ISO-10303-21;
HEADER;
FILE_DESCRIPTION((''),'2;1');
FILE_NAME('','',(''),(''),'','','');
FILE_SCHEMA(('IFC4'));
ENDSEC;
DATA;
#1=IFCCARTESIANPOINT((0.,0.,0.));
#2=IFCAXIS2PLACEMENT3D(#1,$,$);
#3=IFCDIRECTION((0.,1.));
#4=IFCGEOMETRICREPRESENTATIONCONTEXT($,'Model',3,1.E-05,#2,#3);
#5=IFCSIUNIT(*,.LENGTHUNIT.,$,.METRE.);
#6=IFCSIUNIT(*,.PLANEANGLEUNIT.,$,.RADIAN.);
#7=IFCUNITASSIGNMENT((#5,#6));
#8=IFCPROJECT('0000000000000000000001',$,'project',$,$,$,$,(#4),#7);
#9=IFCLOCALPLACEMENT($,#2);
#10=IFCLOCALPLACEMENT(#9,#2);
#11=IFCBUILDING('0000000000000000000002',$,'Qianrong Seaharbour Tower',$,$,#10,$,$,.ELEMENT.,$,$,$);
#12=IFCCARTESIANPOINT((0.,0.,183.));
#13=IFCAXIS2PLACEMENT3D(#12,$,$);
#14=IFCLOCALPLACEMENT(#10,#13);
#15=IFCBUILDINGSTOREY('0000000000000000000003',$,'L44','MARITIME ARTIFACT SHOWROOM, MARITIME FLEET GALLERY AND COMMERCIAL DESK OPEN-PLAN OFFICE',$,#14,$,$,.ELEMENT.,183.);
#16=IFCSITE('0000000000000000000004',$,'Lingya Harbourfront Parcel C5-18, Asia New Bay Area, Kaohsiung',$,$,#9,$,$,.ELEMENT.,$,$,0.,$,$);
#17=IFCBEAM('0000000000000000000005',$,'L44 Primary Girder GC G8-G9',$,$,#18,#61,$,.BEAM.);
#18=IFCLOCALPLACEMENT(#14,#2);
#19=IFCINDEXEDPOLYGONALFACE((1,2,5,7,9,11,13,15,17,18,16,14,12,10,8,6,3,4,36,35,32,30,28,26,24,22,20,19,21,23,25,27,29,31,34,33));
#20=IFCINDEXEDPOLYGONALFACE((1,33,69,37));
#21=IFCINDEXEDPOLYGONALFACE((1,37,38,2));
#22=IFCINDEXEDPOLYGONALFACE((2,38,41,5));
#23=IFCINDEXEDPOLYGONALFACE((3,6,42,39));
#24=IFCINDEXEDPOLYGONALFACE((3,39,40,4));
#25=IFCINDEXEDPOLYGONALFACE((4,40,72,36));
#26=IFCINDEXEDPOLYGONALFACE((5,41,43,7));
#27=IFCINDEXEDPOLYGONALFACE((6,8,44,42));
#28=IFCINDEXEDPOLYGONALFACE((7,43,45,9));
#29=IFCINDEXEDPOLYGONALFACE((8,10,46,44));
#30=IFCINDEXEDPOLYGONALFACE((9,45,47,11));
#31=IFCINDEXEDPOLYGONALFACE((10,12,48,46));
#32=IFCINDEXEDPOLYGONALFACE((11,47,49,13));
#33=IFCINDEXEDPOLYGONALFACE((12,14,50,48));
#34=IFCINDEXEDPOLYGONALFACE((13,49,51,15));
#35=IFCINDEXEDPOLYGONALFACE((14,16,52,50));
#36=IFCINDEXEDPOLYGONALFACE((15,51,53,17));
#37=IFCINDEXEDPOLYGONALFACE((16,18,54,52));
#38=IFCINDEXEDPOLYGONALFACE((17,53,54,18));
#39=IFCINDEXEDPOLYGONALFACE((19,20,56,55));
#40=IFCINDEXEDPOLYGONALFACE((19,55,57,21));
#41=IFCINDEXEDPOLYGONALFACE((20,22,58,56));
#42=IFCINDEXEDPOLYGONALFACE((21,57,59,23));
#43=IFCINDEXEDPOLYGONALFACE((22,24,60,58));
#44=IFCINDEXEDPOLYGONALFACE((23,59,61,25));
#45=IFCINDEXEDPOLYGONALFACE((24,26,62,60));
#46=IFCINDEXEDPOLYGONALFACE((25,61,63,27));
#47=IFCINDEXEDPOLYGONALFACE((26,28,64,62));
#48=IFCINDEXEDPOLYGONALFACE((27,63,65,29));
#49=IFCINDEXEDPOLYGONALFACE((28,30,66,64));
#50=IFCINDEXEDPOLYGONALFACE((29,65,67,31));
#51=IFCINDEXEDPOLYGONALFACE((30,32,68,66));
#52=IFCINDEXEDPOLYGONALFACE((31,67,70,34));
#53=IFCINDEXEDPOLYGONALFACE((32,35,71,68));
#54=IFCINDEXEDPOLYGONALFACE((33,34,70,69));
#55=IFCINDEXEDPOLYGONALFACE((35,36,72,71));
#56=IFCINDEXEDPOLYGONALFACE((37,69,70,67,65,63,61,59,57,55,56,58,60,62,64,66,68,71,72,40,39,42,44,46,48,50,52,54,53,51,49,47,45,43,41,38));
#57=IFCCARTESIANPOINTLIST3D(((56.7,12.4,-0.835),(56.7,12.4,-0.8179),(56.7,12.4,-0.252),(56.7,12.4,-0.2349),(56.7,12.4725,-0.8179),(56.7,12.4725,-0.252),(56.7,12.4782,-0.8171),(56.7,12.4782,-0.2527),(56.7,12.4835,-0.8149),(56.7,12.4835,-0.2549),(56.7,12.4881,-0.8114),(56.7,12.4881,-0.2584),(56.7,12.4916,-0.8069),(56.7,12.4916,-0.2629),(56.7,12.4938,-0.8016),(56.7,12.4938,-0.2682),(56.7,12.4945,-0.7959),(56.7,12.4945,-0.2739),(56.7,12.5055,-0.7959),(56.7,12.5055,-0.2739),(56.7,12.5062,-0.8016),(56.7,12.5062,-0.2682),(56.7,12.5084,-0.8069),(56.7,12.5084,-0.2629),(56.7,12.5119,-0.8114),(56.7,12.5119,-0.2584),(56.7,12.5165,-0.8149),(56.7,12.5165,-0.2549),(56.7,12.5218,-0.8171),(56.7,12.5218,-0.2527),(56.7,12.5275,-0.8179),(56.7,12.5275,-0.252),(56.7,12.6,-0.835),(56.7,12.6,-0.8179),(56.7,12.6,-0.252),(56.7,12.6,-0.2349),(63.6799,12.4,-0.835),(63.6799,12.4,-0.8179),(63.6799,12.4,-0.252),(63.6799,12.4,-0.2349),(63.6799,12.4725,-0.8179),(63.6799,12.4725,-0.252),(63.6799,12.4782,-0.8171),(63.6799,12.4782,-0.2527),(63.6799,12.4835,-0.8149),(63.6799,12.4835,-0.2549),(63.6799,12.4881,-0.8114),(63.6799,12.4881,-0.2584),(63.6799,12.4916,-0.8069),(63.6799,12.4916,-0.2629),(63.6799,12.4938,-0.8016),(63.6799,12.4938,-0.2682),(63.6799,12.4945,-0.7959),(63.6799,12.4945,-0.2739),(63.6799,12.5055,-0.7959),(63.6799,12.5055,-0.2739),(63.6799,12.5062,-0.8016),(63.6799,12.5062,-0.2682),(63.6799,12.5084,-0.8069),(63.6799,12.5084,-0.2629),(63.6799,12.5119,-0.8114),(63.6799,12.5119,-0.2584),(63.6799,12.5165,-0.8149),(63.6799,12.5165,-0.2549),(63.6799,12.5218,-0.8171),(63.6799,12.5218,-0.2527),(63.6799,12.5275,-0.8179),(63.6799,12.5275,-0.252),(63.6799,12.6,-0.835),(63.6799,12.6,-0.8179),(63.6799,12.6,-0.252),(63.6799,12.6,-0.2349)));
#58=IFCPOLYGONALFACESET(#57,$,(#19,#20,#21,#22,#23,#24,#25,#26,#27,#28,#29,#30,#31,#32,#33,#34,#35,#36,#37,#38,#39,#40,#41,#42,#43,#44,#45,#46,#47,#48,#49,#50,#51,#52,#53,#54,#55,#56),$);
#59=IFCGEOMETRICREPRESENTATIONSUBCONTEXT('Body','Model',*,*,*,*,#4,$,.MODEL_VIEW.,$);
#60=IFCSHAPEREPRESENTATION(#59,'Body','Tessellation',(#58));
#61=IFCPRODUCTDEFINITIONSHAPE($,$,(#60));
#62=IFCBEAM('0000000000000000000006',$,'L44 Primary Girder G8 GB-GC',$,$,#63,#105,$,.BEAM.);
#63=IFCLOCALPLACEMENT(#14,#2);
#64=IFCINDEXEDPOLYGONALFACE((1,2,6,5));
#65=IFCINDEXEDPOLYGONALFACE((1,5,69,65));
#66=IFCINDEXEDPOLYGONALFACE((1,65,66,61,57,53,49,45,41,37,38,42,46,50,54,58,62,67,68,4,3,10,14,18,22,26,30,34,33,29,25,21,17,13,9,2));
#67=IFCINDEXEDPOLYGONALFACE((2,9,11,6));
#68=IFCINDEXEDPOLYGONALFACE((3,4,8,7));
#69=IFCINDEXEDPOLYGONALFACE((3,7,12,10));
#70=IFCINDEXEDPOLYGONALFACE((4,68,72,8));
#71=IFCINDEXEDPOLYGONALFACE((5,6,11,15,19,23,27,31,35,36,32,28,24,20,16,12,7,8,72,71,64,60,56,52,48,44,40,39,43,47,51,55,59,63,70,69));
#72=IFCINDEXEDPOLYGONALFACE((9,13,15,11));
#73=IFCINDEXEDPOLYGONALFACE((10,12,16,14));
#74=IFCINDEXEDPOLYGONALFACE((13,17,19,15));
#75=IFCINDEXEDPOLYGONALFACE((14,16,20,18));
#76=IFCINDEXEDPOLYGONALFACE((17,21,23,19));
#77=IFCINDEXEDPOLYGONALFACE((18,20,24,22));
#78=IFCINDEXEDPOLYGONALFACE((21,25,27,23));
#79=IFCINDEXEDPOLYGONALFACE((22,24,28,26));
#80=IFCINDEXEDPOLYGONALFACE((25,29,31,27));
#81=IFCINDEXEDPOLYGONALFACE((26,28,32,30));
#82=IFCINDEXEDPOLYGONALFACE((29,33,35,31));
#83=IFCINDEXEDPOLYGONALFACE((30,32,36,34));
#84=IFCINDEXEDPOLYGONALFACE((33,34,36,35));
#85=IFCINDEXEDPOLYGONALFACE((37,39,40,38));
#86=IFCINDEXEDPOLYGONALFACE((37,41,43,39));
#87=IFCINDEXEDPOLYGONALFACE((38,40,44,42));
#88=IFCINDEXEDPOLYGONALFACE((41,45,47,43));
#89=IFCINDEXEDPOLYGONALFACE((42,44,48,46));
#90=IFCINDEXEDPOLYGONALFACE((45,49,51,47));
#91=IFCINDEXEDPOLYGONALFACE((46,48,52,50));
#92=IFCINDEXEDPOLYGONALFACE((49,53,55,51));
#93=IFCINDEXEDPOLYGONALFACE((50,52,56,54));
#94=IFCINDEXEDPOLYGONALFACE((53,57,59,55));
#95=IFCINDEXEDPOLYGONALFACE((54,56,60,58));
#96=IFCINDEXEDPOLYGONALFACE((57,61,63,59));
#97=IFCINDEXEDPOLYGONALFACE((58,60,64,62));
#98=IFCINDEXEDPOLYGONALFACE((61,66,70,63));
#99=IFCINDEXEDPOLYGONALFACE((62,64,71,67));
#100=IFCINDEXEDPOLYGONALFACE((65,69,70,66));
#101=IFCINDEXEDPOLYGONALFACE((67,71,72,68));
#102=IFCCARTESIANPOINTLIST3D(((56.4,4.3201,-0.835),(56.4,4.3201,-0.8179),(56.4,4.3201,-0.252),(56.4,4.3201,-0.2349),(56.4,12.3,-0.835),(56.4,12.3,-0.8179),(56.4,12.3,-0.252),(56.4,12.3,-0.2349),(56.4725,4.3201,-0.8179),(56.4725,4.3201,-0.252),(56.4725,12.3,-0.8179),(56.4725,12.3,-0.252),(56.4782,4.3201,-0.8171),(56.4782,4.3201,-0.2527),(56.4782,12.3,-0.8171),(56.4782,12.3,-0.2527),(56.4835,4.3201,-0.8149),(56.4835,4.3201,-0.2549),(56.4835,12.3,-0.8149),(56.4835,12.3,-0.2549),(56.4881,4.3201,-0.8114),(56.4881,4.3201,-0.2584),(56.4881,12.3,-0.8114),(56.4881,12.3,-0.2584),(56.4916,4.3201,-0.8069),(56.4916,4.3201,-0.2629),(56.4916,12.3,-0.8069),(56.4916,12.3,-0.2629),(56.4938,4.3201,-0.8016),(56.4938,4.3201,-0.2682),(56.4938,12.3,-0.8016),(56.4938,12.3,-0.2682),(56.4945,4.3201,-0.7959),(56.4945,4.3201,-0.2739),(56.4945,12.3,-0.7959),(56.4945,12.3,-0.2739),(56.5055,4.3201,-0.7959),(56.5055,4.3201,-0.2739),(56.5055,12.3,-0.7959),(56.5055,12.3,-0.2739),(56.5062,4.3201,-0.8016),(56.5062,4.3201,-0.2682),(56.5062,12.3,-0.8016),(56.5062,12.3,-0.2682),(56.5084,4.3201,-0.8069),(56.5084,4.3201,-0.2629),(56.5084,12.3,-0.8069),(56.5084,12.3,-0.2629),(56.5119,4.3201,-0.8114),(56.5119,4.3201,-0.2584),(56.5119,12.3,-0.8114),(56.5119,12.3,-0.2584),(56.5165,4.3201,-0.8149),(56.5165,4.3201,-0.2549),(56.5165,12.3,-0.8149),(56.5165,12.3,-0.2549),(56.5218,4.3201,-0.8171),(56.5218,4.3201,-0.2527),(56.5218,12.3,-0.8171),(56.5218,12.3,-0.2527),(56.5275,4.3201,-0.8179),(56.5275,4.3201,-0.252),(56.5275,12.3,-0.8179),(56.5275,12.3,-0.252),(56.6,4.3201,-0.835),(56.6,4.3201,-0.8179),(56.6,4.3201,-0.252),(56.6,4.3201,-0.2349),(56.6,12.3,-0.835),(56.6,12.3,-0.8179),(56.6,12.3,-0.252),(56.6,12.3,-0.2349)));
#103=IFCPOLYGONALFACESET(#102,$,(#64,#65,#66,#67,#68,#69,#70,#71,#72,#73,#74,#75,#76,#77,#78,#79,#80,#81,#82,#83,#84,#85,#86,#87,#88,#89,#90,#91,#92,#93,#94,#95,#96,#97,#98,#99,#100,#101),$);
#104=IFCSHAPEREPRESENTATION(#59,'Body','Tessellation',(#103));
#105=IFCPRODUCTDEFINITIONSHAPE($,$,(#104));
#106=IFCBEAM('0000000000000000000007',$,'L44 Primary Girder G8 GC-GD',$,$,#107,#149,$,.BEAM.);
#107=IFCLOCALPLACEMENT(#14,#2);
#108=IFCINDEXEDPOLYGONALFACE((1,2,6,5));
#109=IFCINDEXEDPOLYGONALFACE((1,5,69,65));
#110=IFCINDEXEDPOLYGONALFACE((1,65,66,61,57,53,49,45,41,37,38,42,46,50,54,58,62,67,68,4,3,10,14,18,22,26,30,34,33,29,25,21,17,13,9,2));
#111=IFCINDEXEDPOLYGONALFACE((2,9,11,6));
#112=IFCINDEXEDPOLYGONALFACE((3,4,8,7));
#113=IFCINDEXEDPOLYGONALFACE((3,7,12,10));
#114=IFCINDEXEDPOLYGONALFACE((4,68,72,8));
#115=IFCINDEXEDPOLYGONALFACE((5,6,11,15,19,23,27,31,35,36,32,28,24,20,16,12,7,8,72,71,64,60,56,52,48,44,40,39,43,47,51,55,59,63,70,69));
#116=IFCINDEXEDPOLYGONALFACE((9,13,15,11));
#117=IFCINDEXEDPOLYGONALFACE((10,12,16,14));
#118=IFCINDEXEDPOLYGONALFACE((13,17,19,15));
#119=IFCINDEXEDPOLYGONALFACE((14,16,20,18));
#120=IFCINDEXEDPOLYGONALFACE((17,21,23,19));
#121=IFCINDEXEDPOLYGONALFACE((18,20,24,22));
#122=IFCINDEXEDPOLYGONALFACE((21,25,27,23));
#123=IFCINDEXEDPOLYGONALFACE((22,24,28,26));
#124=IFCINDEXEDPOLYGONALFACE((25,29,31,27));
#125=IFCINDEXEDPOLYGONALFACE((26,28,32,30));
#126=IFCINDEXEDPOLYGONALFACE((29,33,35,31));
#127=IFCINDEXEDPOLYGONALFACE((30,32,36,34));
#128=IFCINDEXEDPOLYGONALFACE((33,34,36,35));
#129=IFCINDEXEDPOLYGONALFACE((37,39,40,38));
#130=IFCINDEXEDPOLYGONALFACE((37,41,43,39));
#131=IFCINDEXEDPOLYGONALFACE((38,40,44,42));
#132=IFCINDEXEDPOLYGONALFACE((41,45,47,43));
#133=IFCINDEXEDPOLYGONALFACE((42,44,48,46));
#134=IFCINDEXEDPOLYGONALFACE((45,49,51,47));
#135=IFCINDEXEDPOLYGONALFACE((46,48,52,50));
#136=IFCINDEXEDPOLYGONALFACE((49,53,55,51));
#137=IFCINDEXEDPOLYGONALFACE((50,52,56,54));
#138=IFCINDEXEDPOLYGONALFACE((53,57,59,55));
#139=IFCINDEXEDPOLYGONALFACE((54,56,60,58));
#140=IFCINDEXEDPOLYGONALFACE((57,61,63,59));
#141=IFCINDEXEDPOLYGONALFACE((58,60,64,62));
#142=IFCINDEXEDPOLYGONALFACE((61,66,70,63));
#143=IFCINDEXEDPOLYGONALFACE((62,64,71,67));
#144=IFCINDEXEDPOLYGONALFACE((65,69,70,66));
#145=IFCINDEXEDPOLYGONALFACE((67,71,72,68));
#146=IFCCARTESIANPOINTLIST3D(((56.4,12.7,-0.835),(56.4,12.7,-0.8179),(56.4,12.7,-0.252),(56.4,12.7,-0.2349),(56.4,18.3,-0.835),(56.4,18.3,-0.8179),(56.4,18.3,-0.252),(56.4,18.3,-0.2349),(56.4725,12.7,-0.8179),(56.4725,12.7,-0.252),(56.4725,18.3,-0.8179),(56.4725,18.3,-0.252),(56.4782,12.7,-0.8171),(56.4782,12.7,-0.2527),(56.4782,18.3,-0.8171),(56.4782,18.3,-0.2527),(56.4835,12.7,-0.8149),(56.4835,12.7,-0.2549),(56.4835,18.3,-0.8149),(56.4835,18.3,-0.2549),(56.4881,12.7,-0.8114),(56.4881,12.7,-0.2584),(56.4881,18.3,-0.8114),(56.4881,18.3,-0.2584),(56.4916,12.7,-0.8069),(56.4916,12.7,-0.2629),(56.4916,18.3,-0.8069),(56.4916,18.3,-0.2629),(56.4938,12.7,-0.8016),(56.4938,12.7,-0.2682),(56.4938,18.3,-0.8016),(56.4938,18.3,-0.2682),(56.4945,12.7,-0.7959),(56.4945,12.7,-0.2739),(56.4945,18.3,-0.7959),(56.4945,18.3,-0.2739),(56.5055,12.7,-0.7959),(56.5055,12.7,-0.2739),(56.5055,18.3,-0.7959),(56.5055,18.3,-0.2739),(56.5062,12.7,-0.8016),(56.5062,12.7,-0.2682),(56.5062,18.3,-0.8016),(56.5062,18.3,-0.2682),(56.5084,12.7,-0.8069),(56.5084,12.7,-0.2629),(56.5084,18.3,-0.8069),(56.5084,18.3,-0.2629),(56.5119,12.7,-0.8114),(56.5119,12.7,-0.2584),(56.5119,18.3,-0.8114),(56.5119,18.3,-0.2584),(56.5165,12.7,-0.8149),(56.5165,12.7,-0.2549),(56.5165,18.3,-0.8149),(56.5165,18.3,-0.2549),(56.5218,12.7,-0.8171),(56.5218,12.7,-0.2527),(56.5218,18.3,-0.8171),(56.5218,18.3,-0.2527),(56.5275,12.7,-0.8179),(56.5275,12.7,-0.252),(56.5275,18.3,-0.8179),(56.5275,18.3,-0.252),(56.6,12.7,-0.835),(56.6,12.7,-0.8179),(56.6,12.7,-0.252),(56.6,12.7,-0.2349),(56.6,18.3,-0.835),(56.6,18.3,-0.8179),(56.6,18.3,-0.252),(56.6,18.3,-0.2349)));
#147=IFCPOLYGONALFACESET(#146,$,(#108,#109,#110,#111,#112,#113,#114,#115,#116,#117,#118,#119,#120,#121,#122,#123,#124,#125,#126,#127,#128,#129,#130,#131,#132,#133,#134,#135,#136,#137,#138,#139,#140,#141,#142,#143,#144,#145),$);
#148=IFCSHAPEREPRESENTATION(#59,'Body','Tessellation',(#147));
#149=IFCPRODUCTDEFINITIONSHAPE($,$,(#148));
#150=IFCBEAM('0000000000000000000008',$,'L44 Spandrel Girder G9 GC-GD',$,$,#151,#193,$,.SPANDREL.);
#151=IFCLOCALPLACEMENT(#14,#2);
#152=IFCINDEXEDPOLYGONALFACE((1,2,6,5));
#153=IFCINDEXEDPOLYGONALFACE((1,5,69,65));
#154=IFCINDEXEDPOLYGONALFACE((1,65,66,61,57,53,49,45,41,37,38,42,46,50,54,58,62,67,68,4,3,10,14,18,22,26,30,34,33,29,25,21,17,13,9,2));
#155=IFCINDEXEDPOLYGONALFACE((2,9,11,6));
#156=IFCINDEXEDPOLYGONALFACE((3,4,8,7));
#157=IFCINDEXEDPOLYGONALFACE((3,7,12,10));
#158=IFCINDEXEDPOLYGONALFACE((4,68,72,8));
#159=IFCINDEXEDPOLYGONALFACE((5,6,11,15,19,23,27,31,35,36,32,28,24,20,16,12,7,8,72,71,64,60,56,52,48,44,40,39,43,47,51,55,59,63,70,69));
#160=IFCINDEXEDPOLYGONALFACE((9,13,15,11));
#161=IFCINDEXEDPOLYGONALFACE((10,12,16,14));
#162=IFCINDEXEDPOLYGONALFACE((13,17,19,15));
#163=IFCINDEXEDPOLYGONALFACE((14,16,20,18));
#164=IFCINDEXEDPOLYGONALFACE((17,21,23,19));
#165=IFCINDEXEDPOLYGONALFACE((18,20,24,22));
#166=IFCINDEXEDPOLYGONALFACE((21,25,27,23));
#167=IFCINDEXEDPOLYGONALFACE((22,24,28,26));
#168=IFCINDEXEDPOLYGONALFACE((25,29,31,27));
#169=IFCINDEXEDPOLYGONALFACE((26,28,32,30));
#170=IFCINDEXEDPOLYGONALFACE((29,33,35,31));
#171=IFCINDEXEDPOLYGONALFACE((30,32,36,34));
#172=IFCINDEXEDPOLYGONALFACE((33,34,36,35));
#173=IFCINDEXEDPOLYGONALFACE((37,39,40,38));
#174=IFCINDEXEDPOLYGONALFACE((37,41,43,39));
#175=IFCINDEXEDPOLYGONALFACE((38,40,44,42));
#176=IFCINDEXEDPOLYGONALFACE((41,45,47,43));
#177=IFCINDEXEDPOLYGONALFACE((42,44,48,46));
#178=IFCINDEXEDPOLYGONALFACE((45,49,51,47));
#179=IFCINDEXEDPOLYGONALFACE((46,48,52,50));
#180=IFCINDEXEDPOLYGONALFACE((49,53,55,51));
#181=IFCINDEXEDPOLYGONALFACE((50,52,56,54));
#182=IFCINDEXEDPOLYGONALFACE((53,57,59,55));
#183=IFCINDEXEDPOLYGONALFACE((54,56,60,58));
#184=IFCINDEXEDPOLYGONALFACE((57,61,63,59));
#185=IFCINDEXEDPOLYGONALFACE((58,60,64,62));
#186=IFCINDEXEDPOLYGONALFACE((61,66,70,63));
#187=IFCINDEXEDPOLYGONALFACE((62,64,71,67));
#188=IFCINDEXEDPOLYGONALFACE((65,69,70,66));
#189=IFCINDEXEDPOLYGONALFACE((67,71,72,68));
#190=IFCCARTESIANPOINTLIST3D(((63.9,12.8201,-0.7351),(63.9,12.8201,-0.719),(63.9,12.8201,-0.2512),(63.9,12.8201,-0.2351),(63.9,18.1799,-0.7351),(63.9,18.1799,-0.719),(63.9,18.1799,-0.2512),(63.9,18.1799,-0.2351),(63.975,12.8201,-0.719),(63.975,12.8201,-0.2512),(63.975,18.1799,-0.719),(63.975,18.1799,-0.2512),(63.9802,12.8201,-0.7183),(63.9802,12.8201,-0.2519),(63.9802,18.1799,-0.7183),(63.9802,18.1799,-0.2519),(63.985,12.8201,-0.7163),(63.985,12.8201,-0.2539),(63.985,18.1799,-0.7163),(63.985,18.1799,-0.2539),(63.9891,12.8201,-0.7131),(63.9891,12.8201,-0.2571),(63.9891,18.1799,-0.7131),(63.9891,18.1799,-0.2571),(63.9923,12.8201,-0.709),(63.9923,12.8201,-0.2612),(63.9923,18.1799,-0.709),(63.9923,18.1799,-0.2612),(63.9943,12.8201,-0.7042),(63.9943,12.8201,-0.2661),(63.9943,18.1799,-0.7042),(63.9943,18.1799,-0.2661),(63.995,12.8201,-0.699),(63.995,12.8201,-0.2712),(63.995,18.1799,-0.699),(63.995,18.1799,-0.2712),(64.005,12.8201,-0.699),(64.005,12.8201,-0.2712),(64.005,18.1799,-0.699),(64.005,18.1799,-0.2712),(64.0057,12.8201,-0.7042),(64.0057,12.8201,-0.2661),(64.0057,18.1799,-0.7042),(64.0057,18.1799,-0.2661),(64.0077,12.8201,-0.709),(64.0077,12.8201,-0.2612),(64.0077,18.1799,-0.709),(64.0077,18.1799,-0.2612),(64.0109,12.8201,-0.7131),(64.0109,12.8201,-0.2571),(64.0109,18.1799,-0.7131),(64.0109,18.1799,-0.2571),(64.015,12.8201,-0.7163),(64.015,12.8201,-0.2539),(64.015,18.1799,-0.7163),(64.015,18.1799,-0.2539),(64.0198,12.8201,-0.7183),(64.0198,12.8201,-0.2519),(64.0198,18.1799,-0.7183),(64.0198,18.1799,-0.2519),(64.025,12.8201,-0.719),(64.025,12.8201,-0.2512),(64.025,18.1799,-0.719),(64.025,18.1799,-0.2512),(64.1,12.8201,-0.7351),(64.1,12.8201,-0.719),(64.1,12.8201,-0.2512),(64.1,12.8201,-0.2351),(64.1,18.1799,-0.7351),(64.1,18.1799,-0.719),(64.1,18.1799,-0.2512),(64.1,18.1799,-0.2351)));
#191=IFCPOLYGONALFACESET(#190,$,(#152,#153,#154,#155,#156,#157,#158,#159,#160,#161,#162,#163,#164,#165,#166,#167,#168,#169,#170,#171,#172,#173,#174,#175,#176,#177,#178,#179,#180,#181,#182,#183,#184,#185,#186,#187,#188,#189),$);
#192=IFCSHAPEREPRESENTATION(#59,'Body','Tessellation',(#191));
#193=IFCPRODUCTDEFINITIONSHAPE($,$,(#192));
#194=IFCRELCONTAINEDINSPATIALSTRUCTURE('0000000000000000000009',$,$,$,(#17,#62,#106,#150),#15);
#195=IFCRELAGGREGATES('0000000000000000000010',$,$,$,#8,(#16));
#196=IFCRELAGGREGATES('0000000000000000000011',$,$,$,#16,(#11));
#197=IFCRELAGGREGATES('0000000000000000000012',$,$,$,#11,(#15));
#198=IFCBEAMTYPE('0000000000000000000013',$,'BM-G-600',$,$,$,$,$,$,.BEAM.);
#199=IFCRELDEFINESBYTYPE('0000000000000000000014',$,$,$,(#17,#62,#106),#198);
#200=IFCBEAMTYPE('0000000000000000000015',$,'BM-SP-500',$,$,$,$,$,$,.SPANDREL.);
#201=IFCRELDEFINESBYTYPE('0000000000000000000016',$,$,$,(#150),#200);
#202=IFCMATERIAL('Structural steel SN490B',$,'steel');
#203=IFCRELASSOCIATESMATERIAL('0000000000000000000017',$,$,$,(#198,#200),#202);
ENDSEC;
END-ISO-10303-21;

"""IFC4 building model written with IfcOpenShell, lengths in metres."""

from ifc_helpers import new_model, si_unit, direction, frame, origin, origin_2d, place, context, subcontext, project, spatial, i_section, extrude, material, material_profile, profile_set, type_object, element, save


model = new_model("IFC4")

# Units and contexts
model_context = context("Model", 3, precision=1e-05, world=origin(), true_north=direction((0.0, 1.0)))
body_context = subcontext(model_context, "Body", "Model", "MODEL_VIEW")
ifc_project = project(units=[si_unit("LENGTHUNIT", "METRE"), si_unit("PLANEANGLEUNIT", "RADIAN")], contexts=[model_context])

# Site, building, storey
site_placement = place(None, origin())
site = spatial("IfcSite", under=ifc_project, at=site_placement, Name="Lingya Harbourfront Parcel C5-18, Asia New Bay Area, Kaohsiung", CompositionType="ELEMENT", RefElevation=0.0)
building_placement = place(site_placement, origin())
building = spatial("IfcBuilding", under=site, at=building_placement, Name="Qianrong Seaharbour Tower", CompositionType="ELEMENT")
storey_placement = place(building_placement, frame((0.0, 0.0, 183.0)))
storey = spatial("IfcBuildingStorey", under=building, at=storey_placement, Name="L44", Description="MARITIME ARTIFACT SHOWROOM, MARITIME FLEET GALLERY AND COMMERCIAL DESK OPEN-PLAN OFFICE", CompositionType="ELEMENT", Elevation=183.0)

# Shared definitions
ifc_material_1 = material(Name="Structural steel SN490B", Category="steel")

# Beams
ifc_material_profile_1 = material_profile(ifc_material_1, i_section(OverallWidth=0.2, OverallDepth=0.6001, WebThickness=0.011, FlangeThickness=0.0171, FilletRadius=0.022, at=origin_2d()), Name="H600x200x11x17")
ifc_profile_set_1 = profile_set([ifc_material_profile_1], Name="Structural steel SN490B")
beam_type_1 = type_object("IfcBeamType", Name="BM-G-600", PredefinedType="BEAM", material=ifc_profile_set_1)
beam_1_placement = place(storey_placement, frame((56.7, 12.5, -0.5349), z_axis=(1.0, 0.0, 0.0), x_axis=(0.0, 1.0, 0.0)))
element("IfcBeam", 1, at=beam_1_placement, inside=storey, type_object=beam_type_1, Name="L44 Primary Girder GC G8-G9", PredefinedType="BEAM", context=body_context, shape_type="SweptSolid", body=[
    extrude(i_section(OverallWidth=0.2, OverallDepth=0.6001, WebThickness=0.011, FlangeThickness=0.0171, FilletRadius=0.022, at=origin_2d()), origin(), (0.0, 0.0, 1.0), 6.98),
])
beam_2_placement = place(storey_placement, frame((56.5, 4.3201, -0.5349), z_axis=(0.0, 1.0, 0.0), x_axis=(-1.0, 0.0, 0.0)))
element("IfcBeam", 2, at=beam_2_placement, inside=storey, type_object=beam_type_1, Name="L44 Primary Girder G8 GB-GC", PredefinedType="BEAM", context=body_context, shape_type="SweptSolid", body=[
    extrude(i_section(OverallWidth=0.2, OverallDepth=0.6001, WebThickness=0.011, FlangeThickness=0.0171, FilletRadius=0.022, at=origin_2d()), origin(), (0.0, 0.0, 1.0), 7.98),
])
beam_3_placement = place(storey_placement, frame((56.5, 12.7, -0.5349), z_axis=(0.0, 1.0, 0.0), x_axis=(-1.0, 0.0, 0.0)))
element("IfcBeam", 3, at=beam_3_placement, inside=storey, type_object=beam_type_1, Name="L44 Primary Girder G8 GC-GD", PredefinedType="BEAM", context=body_context, shape_type="SweptSolid", body=[
    extrude(i_section(OverallWidth=0.2, OverallDepth=0.6001, WebThickness=0.011, FlangeThickness=0.0171, FilletRadius=0.022, at=origin_2d()), origin(), (0.0, 0.0, 1.0), 5.6001),
])
ifc_material_profile_2 = material_profile(ifc_material_1, i_section(OverallWidth=0.2, OverallDepth=0.5, WebThickness=0.01, FlangeThickness=0.0161, FilletRadius=0.02, at=origin_2d()), Name="H500x200x10x16")
ifc_profile_set_2 = profile_set([ifc_material_profile_2], Name="Structural steel SN490B")
beam_type_2 = type_object("IfcBeamType", Name="BM-SP-500", PredefinedType="SPANDREL", material=ifc_profile_set_2)
beam_4_placement = place(storey_placement, frame((64.0, 12.8201, -0.4851), z_axis=(0.0, 1.0, 0.0), x_axis=(-1.0, 0.0, 0.0)))
element("IfcBeam", 4, at=beam_4_placement, inside=storey, type_object=beam_type_2, Name="L44 Spandrel Girder G9 GC-GD", PredefinedType="SPANDREL", context=body_context, shape_type="SweptSolid", body=[
    extrude(i_section(OverallWidth=0.2, OverallDepth=0.5, WebThickness=0.01, FlangeThickness=0.0161, FilletRadius=0.02, at=origin_2d()), origin(), (0.0, 0.0, 1.0), 5.3599),
])

save(model, "model.ifc")
